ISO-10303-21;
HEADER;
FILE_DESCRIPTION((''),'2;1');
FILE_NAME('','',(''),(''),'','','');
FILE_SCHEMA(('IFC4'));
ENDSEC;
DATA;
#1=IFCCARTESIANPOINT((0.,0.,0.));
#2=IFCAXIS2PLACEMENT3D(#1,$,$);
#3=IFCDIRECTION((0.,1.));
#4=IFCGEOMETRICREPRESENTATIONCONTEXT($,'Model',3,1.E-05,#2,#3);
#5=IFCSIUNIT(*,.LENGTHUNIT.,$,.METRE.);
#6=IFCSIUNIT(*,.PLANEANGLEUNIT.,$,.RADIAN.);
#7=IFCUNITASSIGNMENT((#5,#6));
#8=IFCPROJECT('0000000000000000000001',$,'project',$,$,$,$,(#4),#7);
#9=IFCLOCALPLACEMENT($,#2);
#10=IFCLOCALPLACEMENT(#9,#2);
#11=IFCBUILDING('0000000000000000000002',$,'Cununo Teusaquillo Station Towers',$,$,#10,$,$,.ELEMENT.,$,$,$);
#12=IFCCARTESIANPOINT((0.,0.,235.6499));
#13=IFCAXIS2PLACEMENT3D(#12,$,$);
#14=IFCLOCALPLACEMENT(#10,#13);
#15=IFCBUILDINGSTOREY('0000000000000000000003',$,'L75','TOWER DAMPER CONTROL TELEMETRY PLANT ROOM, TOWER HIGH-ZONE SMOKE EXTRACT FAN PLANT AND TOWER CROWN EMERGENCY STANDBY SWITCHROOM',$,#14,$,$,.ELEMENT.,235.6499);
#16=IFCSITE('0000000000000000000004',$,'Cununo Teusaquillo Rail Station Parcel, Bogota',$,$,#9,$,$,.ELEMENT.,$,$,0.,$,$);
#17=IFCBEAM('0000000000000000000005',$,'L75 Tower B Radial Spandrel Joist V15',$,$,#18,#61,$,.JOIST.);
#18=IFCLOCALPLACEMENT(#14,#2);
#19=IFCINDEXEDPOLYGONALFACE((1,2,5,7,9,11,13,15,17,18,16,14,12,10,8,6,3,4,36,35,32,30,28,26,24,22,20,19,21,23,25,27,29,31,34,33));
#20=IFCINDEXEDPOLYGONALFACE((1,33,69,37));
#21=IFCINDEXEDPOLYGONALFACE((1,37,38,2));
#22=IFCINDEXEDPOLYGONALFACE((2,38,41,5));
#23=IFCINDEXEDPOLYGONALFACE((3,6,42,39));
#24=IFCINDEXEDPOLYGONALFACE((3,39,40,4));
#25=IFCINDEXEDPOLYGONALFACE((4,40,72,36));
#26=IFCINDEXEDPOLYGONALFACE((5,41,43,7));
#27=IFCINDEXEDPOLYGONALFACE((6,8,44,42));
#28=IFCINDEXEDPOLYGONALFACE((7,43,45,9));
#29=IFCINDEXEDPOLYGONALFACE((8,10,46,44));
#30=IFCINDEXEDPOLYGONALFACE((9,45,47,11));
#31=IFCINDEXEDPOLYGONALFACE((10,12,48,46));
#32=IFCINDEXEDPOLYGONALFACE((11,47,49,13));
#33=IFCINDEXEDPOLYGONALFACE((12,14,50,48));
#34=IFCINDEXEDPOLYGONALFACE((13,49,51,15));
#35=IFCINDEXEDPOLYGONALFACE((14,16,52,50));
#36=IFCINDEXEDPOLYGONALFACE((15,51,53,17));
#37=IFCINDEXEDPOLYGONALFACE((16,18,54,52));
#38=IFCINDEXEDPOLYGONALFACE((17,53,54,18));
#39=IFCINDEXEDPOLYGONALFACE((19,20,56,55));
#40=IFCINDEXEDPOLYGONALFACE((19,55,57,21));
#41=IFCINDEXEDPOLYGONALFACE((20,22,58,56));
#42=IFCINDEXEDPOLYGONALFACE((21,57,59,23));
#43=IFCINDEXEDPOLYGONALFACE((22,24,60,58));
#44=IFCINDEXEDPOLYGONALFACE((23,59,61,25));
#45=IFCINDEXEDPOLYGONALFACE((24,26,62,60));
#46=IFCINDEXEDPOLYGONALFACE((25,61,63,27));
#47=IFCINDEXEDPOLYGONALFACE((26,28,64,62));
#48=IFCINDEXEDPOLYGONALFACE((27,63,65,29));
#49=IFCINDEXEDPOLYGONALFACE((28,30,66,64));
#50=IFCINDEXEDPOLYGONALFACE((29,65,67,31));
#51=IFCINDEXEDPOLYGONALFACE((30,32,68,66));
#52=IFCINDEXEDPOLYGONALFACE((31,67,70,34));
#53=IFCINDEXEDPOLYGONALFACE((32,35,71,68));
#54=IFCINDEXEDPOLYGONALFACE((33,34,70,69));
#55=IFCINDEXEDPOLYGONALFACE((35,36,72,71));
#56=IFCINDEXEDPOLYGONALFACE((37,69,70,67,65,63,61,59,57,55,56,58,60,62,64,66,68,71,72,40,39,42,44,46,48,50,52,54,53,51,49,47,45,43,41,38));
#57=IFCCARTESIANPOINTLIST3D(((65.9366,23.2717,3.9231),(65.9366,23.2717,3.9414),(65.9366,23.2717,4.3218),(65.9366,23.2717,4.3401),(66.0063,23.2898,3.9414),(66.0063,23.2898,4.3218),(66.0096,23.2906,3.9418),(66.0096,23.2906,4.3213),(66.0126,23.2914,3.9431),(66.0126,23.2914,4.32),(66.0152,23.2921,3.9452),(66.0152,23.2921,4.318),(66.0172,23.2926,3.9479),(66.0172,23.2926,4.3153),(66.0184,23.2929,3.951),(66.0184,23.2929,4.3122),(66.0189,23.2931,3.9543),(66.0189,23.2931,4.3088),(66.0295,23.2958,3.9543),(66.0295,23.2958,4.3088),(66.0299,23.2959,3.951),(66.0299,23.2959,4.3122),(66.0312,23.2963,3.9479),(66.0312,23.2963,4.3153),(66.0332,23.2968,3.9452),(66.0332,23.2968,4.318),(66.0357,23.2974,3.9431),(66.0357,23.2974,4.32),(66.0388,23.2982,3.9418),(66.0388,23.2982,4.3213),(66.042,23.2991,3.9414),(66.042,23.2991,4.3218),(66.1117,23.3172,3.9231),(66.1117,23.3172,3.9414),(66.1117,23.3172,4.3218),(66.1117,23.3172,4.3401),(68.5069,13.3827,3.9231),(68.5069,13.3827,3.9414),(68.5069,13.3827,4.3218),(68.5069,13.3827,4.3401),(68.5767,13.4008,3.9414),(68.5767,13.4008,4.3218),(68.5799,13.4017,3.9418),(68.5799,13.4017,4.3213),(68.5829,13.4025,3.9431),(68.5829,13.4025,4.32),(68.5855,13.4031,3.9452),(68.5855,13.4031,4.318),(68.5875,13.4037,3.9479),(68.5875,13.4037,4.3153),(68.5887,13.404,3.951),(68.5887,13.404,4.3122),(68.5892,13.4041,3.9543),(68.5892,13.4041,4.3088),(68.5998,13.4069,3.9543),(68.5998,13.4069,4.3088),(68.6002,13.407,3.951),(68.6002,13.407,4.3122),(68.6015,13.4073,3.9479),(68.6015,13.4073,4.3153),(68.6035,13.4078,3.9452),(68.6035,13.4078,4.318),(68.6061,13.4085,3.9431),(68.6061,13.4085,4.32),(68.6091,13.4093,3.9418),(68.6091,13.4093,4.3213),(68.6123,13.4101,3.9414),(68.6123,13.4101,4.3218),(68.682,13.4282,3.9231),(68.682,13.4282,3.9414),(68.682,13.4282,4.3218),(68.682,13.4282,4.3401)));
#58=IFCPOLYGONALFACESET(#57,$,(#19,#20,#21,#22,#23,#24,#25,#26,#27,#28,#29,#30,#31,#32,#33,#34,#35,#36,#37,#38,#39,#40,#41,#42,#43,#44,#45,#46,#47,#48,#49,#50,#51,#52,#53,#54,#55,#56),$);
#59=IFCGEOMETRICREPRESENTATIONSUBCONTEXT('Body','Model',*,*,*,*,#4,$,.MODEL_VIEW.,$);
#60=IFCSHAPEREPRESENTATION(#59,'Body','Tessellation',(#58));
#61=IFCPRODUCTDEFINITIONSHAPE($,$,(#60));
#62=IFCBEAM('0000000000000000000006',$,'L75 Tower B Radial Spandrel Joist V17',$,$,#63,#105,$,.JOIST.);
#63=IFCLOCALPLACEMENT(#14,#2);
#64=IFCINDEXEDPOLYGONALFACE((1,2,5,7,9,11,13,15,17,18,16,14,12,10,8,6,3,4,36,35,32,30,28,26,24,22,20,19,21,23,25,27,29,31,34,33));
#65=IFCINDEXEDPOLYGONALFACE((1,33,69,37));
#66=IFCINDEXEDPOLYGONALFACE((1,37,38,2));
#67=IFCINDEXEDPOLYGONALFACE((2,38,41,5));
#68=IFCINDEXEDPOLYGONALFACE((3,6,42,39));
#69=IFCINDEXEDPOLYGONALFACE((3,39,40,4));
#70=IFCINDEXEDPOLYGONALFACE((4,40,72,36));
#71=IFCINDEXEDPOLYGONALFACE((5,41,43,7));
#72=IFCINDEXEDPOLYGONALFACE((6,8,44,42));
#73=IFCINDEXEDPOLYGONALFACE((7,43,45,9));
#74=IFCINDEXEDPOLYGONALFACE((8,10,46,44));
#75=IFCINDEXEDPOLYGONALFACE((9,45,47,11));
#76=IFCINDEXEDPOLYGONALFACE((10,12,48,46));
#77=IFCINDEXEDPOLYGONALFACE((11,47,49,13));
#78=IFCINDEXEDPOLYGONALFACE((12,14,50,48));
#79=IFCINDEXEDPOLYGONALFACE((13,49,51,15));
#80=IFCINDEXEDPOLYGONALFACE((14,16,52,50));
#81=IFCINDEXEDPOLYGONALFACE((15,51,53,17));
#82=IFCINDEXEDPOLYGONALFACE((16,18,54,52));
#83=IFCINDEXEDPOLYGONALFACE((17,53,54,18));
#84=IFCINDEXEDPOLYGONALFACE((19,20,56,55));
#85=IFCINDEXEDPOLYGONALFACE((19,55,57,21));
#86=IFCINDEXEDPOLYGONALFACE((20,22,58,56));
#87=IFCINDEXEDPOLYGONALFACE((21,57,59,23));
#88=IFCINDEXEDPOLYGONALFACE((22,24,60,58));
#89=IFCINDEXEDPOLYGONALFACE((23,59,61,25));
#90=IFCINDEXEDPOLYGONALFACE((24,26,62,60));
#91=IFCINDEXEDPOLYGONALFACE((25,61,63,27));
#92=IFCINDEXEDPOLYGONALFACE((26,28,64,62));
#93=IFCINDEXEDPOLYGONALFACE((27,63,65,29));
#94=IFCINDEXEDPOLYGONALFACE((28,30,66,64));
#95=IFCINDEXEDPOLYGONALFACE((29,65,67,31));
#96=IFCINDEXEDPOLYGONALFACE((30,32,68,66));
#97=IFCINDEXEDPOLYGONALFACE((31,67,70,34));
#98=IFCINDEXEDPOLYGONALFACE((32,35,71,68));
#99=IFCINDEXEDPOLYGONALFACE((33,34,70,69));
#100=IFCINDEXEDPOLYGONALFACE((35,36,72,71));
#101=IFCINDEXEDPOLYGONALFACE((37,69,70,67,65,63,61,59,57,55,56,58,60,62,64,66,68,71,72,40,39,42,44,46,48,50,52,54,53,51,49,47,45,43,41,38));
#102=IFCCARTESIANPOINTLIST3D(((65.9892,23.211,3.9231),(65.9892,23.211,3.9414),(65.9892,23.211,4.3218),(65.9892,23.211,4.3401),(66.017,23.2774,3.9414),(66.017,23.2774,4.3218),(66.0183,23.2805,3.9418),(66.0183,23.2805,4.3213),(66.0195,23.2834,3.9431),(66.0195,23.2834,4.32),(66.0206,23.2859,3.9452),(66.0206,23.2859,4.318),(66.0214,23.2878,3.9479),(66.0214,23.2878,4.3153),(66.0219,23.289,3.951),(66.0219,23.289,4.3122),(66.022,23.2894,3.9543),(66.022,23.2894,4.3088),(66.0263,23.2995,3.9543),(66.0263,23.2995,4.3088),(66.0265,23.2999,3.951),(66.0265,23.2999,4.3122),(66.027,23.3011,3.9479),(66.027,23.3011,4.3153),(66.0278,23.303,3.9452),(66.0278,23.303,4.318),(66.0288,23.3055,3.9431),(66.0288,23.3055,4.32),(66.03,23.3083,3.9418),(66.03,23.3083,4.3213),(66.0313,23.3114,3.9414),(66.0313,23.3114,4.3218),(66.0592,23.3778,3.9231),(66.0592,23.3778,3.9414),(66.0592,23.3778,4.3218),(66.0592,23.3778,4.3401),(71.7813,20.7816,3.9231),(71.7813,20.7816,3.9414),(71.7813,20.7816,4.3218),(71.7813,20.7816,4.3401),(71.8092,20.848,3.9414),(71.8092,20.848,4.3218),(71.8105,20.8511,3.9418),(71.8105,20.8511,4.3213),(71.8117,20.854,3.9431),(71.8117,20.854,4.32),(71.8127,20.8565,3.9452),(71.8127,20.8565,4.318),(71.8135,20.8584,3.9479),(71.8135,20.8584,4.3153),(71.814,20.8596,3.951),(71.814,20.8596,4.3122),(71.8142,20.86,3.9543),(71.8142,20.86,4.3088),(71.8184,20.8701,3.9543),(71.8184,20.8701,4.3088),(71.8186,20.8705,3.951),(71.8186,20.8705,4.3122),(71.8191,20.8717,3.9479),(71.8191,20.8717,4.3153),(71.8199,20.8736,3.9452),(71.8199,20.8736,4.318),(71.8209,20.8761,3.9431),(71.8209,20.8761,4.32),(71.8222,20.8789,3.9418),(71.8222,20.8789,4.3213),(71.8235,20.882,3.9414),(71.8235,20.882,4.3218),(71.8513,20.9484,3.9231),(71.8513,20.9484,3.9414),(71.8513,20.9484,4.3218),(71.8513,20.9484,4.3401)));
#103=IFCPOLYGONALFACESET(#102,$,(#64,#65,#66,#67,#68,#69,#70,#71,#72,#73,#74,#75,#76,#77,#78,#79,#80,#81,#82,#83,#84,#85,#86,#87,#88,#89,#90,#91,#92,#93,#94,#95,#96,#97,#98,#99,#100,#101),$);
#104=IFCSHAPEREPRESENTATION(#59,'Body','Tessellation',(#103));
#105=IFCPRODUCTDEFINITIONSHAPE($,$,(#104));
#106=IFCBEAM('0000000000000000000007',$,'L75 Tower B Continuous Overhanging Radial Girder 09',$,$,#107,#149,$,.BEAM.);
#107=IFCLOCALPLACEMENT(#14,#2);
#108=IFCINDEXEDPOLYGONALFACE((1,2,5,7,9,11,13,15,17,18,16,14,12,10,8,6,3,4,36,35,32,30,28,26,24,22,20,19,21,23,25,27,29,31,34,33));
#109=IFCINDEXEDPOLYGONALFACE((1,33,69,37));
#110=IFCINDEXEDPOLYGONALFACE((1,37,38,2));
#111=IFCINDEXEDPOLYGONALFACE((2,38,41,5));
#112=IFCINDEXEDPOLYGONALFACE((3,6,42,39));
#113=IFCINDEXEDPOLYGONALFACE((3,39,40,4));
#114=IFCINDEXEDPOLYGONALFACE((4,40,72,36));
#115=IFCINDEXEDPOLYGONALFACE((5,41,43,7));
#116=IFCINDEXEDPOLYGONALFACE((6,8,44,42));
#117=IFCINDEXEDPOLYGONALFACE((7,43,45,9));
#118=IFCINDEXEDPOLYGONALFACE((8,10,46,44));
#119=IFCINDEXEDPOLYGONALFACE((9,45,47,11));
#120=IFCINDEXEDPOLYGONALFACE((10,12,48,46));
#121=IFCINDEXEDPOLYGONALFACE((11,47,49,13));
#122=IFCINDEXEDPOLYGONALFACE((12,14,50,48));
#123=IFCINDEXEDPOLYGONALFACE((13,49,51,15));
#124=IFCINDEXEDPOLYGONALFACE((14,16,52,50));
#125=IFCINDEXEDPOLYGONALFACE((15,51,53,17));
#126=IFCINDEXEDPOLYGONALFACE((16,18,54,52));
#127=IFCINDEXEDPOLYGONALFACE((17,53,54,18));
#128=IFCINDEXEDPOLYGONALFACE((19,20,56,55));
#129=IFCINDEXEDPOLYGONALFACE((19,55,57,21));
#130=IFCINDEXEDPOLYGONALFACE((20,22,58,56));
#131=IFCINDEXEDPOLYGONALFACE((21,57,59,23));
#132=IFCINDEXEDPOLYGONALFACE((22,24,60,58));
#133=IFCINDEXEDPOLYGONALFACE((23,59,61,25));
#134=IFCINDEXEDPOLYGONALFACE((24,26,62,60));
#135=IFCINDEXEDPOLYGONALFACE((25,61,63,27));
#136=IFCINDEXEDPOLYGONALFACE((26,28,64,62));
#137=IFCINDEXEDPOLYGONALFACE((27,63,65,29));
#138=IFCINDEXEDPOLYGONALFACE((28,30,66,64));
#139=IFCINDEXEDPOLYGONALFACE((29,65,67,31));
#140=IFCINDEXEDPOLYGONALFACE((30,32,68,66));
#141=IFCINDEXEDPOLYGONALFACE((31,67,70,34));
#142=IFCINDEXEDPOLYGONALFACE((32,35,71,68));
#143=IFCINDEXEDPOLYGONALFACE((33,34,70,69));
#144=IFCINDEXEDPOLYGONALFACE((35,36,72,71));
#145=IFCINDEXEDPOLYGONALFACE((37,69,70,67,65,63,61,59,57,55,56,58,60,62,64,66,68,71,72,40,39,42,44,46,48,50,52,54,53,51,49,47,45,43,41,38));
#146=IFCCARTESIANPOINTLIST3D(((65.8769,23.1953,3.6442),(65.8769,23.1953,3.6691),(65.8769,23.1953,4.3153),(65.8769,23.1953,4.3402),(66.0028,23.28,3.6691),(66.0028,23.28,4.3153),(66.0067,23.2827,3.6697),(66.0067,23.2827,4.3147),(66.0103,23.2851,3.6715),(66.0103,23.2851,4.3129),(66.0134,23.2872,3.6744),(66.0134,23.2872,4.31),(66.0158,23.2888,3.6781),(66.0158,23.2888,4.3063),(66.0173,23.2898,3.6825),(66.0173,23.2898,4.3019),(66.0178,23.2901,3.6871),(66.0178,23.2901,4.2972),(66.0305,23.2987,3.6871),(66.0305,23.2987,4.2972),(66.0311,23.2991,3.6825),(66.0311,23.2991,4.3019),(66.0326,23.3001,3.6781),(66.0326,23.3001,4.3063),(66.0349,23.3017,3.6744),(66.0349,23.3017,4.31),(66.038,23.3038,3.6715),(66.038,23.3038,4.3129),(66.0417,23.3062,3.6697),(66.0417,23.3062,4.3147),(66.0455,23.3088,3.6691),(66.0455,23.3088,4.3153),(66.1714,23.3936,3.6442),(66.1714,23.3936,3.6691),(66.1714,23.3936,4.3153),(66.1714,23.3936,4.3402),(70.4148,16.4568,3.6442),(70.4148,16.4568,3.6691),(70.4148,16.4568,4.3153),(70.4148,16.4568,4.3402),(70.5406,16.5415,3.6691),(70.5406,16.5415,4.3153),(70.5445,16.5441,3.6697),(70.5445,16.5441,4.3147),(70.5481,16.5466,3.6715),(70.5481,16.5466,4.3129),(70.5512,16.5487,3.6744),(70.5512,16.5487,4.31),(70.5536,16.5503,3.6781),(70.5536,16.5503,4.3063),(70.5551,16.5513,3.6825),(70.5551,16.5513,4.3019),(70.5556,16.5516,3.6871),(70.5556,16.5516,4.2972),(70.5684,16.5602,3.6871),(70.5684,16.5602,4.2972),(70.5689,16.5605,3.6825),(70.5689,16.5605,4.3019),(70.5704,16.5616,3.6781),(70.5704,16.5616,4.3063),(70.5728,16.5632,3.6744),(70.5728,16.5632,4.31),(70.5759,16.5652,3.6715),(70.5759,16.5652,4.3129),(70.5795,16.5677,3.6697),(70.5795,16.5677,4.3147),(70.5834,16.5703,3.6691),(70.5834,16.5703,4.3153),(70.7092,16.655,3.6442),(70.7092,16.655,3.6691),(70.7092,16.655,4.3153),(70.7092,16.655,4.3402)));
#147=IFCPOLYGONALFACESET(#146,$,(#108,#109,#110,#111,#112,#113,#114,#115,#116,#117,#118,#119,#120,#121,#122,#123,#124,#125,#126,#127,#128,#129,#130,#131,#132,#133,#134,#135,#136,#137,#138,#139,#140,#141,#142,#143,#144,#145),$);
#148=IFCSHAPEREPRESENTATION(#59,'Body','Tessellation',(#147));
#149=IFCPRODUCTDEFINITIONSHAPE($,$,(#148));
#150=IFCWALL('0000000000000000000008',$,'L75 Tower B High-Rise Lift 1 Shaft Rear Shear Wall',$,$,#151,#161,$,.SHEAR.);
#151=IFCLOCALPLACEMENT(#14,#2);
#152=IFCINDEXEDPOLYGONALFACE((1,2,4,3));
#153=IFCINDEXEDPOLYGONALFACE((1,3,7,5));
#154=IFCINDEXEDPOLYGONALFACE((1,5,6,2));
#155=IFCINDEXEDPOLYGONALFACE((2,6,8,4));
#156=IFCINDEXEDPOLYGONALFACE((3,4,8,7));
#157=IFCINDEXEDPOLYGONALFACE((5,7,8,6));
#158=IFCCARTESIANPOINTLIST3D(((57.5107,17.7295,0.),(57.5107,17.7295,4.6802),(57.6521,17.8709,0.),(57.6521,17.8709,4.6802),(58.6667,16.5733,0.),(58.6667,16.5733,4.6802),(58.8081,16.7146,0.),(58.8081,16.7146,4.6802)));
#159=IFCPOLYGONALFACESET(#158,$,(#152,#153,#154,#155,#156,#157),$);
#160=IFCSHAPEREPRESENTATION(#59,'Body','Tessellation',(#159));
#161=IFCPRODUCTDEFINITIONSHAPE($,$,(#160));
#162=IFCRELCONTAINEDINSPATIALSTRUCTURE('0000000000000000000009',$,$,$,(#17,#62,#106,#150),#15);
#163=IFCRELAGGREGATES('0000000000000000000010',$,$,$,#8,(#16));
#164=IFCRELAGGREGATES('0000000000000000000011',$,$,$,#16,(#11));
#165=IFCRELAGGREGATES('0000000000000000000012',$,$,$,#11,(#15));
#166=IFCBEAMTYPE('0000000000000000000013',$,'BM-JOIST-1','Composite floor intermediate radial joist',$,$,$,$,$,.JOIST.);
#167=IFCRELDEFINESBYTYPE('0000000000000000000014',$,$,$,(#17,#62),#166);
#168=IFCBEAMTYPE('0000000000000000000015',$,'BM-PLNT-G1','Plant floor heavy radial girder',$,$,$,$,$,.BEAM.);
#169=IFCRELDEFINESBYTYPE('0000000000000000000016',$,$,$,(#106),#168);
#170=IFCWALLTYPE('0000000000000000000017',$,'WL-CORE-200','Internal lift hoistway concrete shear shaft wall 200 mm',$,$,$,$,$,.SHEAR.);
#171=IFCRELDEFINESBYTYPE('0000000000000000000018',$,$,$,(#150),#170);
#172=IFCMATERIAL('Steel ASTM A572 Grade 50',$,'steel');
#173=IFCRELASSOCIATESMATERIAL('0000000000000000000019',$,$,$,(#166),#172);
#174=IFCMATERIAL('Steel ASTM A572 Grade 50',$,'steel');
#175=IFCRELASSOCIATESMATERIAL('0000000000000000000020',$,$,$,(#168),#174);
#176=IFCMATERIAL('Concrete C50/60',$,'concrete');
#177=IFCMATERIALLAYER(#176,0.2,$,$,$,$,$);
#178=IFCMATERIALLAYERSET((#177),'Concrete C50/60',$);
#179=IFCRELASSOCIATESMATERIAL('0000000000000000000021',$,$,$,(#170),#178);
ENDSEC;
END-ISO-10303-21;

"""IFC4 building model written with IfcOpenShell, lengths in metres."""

from ifc_helpers import new_model, si_unit, direction, frame, frame_2d, origin, origin_2d, place, context, subcontext, project, spatial, rectangle, i_section, extrude, material, layer, layer_set, material_profile, profile_set, type_object, element, save


model = new_model("IFC4")

# Units and contexts
model_context = context("Model", 3, precision=1e-05, world=origin(), true_north=direction((0.0, 1.0)))
body_context = subcontext(model_context, "Body", "Model", "MODEL_VIEW")
ifc_project = project(units=[si_unit("LENGTHUNIT", "METRE"), si_unit("PLANEANGLEUNIT", "RADIAN")], contexts=[model_context])

# Site, building, storey
site_placement = place(None, origin())
site = spatial("IfcSite", under=ifc_project, at=site_placement, Name="Cununo Teusaquillo Rail Station Parcel, Bogota", CompositionType="ELEMENT", RefElevation=0.0)
building_placement = place(site_placement, origin())
building = spatial("IfcBuilding", under=site, at=building_placement, Name="Cununo Teusaquillo Station Towers", CompositionType="ELEMENT")
storey_placement = place(building_placement, frame((0.0, 0.0, 235.6499)))
storey = spatial("IfcBuildingStorey", under=building, at=storey_placement, Name="L75", Description="TOWER DAMPER CONTROL TELEMETRY PLANT ROOM, TOWER HIGH-ZONE SMOKE EXTRACT FAN PLANT AND TOWER CROWN EMERGENCY STANDBY SWITCHROOM", CompositionType="ELEMENT", Elevation=235.6499)

# Beams
ifc_material_1 = material(Name="Steel ASTM A572 Grade 50", Category="steel")
ifc_material_profile_1 = material_profile(ifc_material_1, i_section(OverallWidth=0.1809, OverallDepth=0.417, WebThickness=0.011, FlangeThickness=0.0183, FilletRadius=0.0129, at=origin_2d()), Name="W16X57")
ifc_profile_set_1 = profile_set([ifc_material_profile_1], Name="Steel ASTM A572 Grade 50")
beam_type_1 = type_object("IfcBeamType", Name="BM-JOIST-1", Description="Composite floor intermediate radial joist", PredefinedType="JOIST", material=ifc_profile_set_1)
beam_1_placement = place(storey_placement, frame((66.0242, 23.2944, 4.1316), z_axis=(0.25156, -0.967842, 0.0), x_axis=(0.967842, 0.25156, 0.0)))
element("IfcBeam", 1, at=beam_1_placement, inside=storey, type_object=beam_type_1, Name="L75 Tower B Radial Spandrel Joist V15", PredefinedType="JOIST", context=body_context, shape_type="SweptSolid", body=[
    extrude(i_section(OverallWidth=0.1809, OverallDepth=0.417, WebThickness=0.011, FlangeThickness=0.0183, FilletRadius=0.0129, at=origin_2d()), origin(), (0.0, 0.0, 1.0), 10.2175),
])
beam_2_placement = place(storey_placement, frame((66.0242, 23.2944, 4.1316), z_axis=(0.922169, -0.386786, 0.0), x_axis=(0.386786, 0.922169, 0.0)))
element("IfcBeam", 2, at=beam_2_placement, inside=storey, type_object=beam_type_1, Name="L75 Tower B Radial Spandrel Joist V17", PredefinedType="JOIST", context=body_context, shape_type="SweptSolid", body=[
    extrude(i_section(OverallWidth=0.1809, OverallDepth=0.417, WebThickness=0.011, FlangeThickness=0.0183, FilletRadius=0.0129, at=origin_2d()), origin(), (0.0, 0.0, 1.0), 6.281),
])
ifc_material_2 = material(Name="Steel ASTM A572 Grade 50", Category="steel")
ifc_material_profile_2 = material_profile(ifc_material_2, i_section(OverallWidth=0.355, OverallDepth=0.696, WebThickness=0.0154, FlangeThickness=0.0249, FilletRadius=0.0181, at=origin_2d()), Name="W27X146")
ifc_profile_set_2 = profile_set([ifc_material_profile_2], Name="Steel ASTM A572 Grade 50")
beam_type_2 = type_object("IfcBeamType", Name="BM-PLNT-G1", Description="Plant floor heavy radial girder", PredefinedType="BEAM", material=ifc_profile_set_2)
beam_3_placement = place(storey_placement, frame((66.0242, 23.2944, 3.9922), z_axis=(0.558571, -0.829457, 0.0), x_axis=(0.829457, 0.558571, 0.0)))
element("IfcBeam", 3, at=beam_3_placement, inside=storey, type_object=beam_type_2, Name="L75 Tower B Continuous Overhanging Radial Girder 09", PredefinedType="BEAM", context=body_context, shape_type="SweptSolid", body=[
    extrude(i_section(OverallWidth=0.355, OverallDepth=0.696, WebThickness=0.0154, FlangeThickness=0.0249, FilletRadius=0.0181, at=origin_2d()), origin(), (0.0, 0.0, 1.0), 8.124),
])

# Wall
ifc_material_3 = material(Name="Concrete C50/60", Category="concrete")
ifc_layer_1 = layer(ifc_material_3, 0.2)
ifc_layer_set_1 = layer_set([ifc_layer_1], Name="Concrete C50/60")
wall_type_1 = type_object("IfcWallType", Name="WL-CORE-200", Description="Internal lift hoistway concrete shear shaft wall 200 mm", PredefinedType="SHEAR", material=ifc_layer_set_1)
wall_1_placement = place(storey_placement, frame((58.7373, 16.644, 0.0), z_axis=(0.0, 0.0, 1.0), x_axis=(-0.707032, 0.707181, 0.0)))
element("IfcWall", 4, at=wall_1_placement, inside=storey, type_object=wall_type_1, Name="L75 Tower B High-Rise Lift 1 Shaft Rear Shear Wall", PredefinedType="SHEAR", context=body_context, shape_type="SweptSolid", body=[
    extrude(rectangle(XDim=1.635, YDim=0.2, at=frame_2d((0.8174, 0.0))), origin(), (0.0, 0.0, 1.0), 4.6802),
])

save(model, "model.ifc")
